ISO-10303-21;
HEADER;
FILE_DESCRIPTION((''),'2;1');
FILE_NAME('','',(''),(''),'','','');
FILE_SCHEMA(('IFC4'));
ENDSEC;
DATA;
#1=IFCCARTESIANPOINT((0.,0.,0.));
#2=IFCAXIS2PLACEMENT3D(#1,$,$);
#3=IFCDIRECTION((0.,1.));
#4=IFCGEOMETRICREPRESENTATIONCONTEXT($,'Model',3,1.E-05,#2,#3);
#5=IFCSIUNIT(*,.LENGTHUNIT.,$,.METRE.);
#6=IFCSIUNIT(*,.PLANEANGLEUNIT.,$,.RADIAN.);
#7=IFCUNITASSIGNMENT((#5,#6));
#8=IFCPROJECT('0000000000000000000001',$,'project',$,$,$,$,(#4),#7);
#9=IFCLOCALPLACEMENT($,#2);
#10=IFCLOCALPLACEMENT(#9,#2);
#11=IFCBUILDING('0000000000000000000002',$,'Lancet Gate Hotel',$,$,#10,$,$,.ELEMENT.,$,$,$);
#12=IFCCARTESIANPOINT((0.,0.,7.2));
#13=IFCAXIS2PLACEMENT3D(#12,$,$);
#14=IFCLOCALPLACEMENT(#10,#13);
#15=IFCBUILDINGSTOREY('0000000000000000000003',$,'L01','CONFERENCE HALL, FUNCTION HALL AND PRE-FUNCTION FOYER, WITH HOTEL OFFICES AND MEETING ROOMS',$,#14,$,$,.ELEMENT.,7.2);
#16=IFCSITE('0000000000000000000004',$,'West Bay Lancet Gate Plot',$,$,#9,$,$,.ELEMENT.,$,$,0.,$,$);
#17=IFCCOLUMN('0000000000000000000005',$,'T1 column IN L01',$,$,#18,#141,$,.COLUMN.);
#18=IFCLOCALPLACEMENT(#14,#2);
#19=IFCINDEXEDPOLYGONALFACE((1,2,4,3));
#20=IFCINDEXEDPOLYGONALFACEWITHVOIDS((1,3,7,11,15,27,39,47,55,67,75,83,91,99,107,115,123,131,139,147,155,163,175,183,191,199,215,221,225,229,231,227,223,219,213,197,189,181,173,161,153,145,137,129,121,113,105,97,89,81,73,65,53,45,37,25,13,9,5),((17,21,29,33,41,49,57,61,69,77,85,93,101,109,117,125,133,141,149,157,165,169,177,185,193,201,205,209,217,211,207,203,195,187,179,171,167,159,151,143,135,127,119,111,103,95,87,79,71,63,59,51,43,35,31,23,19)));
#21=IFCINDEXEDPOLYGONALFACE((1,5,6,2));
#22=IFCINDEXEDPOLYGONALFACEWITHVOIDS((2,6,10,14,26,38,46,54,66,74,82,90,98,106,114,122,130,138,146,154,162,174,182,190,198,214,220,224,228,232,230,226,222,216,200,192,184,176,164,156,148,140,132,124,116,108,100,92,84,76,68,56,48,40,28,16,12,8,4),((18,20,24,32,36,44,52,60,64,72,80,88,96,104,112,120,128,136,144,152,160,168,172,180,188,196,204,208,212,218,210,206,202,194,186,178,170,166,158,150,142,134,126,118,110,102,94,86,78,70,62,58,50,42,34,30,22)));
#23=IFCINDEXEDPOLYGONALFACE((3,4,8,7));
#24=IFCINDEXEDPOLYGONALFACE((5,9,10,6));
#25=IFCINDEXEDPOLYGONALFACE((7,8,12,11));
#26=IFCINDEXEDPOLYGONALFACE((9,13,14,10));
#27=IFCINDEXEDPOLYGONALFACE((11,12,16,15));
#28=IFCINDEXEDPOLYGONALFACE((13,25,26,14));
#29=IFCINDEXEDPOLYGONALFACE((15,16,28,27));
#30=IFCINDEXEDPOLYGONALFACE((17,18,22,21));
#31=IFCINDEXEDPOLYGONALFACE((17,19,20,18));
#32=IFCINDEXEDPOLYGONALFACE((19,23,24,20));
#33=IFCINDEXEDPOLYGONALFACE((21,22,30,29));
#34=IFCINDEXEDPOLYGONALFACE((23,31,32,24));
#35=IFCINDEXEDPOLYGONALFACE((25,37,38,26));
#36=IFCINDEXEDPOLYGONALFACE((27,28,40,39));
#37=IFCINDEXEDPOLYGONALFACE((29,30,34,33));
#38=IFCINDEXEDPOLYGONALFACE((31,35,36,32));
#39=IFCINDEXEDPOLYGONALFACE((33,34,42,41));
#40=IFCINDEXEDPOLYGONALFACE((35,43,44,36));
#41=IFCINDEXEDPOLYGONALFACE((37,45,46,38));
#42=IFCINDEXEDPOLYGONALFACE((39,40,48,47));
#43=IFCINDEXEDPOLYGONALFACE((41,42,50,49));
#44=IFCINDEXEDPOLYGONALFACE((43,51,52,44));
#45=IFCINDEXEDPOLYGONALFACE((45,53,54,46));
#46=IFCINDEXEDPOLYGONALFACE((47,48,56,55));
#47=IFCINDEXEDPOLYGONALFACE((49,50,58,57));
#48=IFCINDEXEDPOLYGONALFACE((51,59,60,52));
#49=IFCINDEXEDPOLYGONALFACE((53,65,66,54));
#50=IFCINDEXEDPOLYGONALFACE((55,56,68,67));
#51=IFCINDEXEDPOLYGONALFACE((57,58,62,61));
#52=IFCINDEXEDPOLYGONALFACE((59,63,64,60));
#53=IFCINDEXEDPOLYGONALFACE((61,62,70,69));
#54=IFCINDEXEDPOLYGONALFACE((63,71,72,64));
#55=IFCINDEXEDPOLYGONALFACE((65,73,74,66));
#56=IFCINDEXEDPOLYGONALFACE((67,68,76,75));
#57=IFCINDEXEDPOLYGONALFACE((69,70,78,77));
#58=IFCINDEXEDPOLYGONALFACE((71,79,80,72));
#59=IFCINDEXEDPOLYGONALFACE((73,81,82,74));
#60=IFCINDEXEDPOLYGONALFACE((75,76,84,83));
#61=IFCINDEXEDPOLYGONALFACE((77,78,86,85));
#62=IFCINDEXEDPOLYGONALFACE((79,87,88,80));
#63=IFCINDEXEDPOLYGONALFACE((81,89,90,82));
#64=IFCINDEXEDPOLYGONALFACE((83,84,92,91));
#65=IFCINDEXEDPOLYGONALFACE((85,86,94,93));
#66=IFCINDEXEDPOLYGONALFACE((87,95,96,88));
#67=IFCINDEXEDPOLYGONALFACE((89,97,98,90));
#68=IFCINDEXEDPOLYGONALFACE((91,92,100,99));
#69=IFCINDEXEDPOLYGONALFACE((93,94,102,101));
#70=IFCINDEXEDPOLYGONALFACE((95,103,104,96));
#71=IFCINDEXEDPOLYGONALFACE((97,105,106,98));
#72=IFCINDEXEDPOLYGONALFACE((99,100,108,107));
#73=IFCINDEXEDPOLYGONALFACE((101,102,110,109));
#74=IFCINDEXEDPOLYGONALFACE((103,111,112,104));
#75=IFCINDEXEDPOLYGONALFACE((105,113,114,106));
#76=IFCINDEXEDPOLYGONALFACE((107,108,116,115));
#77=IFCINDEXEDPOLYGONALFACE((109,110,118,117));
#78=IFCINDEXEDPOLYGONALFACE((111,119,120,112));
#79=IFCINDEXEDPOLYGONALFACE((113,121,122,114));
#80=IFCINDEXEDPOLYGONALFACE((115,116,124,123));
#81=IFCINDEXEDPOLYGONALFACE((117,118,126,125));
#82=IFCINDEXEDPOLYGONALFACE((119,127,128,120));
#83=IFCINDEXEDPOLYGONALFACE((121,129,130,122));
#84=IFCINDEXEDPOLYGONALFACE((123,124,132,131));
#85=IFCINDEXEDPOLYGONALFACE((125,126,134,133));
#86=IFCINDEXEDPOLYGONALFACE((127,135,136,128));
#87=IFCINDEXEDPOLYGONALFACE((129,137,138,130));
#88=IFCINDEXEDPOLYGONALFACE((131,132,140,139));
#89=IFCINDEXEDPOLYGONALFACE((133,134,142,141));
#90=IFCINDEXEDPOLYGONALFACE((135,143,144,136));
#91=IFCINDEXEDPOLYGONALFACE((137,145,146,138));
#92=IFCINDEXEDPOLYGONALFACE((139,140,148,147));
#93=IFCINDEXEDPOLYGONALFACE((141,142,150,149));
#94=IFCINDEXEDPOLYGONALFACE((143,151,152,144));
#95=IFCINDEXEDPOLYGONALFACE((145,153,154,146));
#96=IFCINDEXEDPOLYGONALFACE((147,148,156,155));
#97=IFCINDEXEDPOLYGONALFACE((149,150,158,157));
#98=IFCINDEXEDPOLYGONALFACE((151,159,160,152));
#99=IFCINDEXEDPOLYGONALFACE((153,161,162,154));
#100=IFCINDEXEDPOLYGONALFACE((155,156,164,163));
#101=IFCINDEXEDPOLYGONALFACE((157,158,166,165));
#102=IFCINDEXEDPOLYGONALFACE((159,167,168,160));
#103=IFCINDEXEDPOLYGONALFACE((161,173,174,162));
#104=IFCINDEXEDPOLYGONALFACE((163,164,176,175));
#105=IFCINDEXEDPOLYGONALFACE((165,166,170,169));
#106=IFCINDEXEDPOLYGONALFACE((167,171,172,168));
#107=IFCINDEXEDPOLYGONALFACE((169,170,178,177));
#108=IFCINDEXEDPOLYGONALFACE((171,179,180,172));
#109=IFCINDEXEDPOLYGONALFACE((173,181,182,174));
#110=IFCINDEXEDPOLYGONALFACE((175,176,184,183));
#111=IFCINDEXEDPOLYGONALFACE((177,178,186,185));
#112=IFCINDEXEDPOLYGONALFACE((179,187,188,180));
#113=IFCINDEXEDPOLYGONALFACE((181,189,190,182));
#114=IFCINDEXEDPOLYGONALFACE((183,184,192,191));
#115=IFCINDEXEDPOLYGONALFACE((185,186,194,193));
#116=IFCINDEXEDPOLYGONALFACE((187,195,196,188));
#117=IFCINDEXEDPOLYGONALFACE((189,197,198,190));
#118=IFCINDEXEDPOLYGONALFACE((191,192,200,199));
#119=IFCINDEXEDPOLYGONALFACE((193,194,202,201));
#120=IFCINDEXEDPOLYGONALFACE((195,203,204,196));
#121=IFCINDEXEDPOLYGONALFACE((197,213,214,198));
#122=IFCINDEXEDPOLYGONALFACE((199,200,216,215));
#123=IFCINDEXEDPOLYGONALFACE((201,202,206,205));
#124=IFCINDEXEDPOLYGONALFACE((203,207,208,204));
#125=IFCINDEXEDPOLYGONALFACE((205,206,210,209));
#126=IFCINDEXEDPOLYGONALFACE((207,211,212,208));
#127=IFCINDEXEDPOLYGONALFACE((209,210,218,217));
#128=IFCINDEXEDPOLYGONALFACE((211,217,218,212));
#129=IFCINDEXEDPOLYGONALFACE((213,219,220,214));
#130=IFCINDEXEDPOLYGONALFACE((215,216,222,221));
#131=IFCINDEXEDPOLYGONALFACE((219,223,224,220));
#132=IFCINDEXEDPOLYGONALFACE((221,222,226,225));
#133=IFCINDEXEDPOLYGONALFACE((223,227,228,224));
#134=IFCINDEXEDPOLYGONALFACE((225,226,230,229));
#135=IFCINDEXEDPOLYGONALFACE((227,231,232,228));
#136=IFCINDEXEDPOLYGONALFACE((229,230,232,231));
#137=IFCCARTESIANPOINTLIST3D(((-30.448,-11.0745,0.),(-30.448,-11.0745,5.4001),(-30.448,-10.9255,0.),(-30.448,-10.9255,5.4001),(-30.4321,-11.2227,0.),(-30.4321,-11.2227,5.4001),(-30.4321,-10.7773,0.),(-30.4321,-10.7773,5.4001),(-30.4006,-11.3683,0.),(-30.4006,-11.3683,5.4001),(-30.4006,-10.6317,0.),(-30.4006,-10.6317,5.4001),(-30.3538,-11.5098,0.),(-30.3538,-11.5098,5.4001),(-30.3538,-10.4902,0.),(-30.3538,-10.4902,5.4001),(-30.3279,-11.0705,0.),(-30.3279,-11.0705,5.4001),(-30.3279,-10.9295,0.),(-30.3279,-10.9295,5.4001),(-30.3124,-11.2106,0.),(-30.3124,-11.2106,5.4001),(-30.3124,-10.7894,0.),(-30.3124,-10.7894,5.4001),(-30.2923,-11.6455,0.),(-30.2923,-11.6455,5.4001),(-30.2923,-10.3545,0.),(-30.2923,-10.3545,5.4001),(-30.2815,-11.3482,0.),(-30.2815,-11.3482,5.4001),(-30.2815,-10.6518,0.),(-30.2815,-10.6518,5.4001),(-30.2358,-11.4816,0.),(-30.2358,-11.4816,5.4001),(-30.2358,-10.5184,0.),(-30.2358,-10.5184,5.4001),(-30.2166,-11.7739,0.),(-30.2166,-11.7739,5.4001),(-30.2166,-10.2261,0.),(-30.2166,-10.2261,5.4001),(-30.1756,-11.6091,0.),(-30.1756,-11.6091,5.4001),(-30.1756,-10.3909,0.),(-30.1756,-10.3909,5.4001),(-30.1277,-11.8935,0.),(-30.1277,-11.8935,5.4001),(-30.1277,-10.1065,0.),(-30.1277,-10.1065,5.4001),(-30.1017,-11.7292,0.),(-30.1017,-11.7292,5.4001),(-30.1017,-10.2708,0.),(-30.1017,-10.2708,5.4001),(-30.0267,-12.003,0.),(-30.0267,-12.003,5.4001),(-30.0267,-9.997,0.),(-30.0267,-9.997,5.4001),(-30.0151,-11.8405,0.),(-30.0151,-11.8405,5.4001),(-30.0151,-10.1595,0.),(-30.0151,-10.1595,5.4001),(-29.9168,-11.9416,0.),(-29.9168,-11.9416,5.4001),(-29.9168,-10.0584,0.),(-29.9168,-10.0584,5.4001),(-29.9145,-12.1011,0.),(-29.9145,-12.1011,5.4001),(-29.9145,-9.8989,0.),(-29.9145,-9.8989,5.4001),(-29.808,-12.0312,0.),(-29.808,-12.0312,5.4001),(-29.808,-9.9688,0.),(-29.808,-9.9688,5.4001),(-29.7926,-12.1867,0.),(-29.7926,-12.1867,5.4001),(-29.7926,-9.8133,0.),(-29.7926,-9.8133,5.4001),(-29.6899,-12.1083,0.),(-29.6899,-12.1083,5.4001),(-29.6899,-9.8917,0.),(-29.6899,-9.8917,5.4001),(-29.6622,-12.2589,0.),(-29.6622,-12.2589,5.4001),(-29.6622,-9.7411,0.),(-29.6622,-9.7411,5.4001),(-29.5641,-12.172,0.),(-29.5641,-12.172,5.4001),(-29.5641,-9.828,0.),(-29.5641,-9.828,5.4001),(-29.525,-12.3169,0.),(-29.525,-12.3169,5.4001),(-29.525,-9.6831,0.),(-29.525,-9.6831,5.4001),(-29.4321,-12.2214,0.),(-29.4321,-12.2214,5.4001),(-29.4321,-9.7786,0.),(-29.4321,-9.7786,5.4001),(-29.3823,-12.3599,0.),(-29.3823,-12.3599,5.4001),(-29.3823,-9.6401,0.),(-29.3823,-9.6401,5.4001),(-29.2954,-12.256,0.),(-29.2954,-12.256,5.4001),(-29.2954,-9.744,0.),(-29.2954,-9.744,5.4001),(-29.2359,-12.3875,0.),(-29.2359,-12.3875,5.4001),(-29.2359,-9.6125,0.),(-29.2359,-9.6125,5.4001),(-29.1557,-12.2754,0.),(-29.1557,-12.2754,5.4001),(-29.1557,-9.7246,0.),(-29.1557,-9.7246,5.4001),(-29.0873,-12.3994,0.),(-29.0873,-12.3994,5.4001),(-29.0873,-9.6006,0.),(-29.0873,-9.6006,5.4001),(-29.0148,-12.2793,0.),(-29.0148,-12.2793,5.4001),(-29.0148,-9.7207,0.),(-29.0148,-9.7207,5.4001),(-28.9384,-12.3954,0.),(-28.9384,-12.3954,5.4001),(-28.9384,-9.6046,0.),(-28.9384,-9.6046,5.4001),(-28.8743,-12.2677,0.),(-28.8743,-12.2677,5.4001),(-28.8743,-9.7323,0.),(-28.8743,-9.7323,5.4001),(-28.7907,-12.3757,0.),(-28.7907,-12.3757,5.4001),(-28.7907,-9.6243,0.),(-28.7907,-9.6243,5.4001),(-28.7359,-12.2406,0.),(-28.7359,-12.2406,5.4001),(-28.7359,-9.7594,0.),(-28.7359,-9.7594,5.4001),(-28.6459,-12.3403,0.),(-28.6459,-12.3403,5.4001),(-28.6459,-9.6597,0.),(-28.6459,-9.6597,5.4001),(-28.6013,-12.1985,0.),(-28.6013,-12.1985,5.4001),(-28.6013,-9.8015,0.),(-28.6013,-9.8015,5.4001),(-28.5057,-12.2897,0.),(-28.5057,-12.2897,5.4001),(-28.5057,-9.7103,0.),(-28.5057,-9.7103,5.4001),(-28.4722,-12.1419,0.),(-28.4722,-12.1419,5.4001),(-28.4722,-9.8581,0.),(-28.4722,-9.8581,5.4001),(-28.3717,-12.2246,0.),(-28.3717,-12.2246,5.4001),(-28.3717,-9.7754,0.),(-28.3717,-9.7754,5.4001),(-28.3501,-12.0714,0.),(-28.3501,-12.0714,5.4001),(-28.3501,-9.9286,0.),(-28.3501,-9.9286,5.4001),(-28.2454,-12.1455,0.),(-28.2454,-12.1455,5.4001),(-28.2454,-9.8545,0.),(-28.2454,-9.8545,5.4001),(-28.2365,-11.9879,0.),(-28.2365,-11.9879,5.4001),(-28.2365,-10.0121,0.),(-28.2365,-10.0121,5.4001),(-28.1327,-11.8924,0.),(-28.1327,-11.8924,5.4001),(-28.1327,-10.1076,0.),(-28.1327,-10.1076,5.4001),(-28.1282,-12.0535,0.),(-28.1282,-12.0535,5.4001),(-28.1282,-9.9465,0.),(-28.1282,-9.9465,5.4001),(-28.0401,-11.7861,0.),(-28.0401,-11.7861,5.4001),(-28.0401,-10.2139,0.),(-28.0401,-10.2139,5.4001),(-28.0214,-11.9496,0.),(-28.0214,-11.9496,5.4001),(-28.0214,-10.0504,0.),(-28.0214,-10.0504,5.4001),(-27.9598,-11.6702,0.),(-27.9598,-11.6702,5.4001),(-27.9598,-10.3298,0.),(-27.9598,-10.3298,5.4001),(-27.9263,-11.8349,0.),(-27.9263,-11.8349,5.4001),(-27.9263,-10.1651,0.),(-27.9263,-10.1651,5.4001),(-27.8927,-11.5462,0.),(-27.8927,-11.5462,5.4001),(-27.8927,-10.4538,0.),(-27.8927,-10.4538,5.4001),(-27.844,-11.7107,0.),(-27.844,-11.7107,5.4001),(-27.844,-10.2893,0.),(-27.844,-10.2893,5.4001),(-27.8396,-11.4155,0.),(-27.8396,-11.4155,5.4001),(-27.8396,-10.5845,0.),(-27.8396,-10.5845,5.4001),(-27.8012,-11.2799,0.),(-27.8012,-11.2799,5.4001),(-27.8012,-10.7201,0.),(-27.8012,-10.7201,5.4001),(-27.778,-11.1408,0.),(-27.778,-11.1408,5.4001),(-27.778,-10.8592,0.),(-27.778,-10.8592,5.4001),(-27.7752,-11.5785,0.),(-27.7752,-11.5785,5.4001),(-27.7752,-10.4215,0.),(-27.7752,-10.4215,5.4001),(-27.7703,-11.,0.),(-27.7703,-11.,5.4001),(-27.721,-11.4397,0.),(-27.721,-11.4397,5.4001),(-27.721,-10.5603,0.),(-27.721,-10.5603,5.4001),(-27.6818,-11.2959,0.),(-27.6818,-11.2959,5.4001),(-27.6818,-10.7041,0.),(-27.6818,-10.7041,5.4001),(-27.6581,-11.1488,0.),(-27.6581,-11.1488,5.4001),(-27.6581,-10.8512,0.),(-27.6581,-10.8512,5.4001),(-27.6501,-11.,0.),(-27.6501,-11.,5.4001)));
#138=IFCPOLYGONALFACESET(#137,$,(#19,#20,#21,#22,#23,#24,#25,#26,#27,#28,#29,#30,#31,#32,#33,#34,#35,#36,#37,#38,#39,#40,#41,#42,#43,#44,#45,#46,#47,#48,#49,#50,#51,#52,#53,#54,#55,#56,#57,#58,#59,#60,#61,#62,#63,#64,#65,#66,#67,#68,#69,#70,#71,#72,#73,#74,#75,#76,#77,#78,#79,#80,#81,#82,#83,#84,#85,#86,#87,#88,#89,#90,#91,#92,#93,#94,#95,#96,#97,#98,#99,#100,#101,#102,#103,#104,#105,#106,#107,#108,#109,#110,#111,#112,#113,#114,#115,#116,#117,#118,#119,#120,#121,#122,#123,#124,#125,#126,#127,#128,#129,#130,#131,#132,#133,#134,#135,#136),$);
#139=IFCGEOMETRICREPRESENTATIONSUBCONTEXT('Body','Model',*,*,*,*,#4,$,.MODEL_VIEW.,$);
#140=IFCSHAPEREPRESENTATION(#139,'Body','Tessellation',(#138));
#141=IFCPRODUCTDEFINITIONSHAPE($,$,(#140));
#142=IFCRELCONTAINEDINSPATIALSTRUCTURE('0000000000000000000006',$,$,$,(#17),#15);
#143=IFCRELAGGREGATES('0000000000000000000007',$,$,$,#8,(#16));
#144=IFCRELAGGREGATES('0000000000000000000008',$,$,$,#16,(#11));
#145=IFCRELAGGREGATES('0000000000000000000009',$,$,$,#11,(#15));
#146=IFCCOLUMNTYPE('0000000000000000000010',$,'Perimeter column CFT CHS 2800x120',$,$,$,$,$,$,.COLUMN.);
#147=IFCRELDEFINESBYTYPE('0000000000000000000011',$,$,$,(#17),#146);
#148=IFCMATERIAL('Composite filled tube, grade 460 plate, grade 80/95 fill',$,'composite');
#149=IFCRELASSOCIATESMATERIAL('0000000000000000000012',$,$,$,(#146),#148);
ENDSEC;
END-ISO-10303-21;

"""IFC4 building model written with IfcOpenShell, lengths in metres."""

from ifc_helpers import new_model, si_unit, direction, frame, origin, origin_2d, place, context, subcontext, project, spatial, hollow_circle, extrude, material, material_profile, profile_set, type_object, element, save


model = new_model("IFC4")

# Units and contexts
model_context = context("Model", 3, precision=1e-05, world=origin(), true_north=direction((0.0, 1.0)))
body_context = subcontext(model_context, "Body", "Model", "MODEL_VIEW")
ifc_project = project(units=[si_unit("LENGTHUNIT", "METRE"), si_unit("PLANEANGLEUNIT", "RADIAN")], contexts=[model_context])

# Site, building, storey
site_placement = place(None, origin())
site = spatial("IfcSite", under=ifc_project, at=site_placement, Name="West Bay Lancet Gate Plot", CompositionType="ELEMENT", RefElevation=0.0)
building_placement = place(site_placement, origin())
building = spatial("IfcBuilding", under=site, at=building_placement, Name="Lancet Gate Hotel", CompositionType="ELEMENT")
storey_placement = place(building_placement, frame((0.0, 0.0, 7.2)))
storey = spatial("IfcBuildingStorey", under=building, at=storey_placement, Name="L01", Description="CONFERENCE HALL, FUNCTION HALL AND PRE-FUNCTION FOYER, WITH HOTEL OFFICES AND MEETING ROOMS", CompositionType="ELEMENT", Elevation=7.2)

# Column
ifc_material_1 = material(Name="Composite filled tube, grade 460 plate, grade 80/95 fill", Category="composite")
ifc_material_profile_1 = material_profile(ifc_material_1, hollow_circle(Radius=1.3999, WallThickness=0.1201, at=origin_2d()), Name="CHS 2800x120")
ifc_profile_set_1 = profile_set([ifc_material_profile_1], Name="Composite filled tube, grade 460 plate, grade 80/95 fill")
column_type_1 = type_object("IfcColumnType", Name="Perimeter column CFT CHS 2800x120", PredefinedType="COLUMN", material=ifc_profile_set_1)
for number, where, z_axis, x_axis, name in (
    (1, (-29.05, -11.0, 0.0), (0.0, 0.0, 1.0), (1.0, 0.0, 0.0), "T1 column IN L01"),
):
    element("IfcColumn", number, at=place(storey_placement, frame(where, z_axis=z_axis, x_axis=x_axis)), inside=storey, type_object=column_type_1, Name=name, PredefinedType="COLUMN", context=body_context, shape_type="SweptSolid", body=[
        extrude(hollow_circle(Radius=1.3999, WallThickness=0.1201, at=origin_2d()), origin(), (0.0, 0.0, 1.0), 5.4001),
    ])

save(model, "model.ifc")
